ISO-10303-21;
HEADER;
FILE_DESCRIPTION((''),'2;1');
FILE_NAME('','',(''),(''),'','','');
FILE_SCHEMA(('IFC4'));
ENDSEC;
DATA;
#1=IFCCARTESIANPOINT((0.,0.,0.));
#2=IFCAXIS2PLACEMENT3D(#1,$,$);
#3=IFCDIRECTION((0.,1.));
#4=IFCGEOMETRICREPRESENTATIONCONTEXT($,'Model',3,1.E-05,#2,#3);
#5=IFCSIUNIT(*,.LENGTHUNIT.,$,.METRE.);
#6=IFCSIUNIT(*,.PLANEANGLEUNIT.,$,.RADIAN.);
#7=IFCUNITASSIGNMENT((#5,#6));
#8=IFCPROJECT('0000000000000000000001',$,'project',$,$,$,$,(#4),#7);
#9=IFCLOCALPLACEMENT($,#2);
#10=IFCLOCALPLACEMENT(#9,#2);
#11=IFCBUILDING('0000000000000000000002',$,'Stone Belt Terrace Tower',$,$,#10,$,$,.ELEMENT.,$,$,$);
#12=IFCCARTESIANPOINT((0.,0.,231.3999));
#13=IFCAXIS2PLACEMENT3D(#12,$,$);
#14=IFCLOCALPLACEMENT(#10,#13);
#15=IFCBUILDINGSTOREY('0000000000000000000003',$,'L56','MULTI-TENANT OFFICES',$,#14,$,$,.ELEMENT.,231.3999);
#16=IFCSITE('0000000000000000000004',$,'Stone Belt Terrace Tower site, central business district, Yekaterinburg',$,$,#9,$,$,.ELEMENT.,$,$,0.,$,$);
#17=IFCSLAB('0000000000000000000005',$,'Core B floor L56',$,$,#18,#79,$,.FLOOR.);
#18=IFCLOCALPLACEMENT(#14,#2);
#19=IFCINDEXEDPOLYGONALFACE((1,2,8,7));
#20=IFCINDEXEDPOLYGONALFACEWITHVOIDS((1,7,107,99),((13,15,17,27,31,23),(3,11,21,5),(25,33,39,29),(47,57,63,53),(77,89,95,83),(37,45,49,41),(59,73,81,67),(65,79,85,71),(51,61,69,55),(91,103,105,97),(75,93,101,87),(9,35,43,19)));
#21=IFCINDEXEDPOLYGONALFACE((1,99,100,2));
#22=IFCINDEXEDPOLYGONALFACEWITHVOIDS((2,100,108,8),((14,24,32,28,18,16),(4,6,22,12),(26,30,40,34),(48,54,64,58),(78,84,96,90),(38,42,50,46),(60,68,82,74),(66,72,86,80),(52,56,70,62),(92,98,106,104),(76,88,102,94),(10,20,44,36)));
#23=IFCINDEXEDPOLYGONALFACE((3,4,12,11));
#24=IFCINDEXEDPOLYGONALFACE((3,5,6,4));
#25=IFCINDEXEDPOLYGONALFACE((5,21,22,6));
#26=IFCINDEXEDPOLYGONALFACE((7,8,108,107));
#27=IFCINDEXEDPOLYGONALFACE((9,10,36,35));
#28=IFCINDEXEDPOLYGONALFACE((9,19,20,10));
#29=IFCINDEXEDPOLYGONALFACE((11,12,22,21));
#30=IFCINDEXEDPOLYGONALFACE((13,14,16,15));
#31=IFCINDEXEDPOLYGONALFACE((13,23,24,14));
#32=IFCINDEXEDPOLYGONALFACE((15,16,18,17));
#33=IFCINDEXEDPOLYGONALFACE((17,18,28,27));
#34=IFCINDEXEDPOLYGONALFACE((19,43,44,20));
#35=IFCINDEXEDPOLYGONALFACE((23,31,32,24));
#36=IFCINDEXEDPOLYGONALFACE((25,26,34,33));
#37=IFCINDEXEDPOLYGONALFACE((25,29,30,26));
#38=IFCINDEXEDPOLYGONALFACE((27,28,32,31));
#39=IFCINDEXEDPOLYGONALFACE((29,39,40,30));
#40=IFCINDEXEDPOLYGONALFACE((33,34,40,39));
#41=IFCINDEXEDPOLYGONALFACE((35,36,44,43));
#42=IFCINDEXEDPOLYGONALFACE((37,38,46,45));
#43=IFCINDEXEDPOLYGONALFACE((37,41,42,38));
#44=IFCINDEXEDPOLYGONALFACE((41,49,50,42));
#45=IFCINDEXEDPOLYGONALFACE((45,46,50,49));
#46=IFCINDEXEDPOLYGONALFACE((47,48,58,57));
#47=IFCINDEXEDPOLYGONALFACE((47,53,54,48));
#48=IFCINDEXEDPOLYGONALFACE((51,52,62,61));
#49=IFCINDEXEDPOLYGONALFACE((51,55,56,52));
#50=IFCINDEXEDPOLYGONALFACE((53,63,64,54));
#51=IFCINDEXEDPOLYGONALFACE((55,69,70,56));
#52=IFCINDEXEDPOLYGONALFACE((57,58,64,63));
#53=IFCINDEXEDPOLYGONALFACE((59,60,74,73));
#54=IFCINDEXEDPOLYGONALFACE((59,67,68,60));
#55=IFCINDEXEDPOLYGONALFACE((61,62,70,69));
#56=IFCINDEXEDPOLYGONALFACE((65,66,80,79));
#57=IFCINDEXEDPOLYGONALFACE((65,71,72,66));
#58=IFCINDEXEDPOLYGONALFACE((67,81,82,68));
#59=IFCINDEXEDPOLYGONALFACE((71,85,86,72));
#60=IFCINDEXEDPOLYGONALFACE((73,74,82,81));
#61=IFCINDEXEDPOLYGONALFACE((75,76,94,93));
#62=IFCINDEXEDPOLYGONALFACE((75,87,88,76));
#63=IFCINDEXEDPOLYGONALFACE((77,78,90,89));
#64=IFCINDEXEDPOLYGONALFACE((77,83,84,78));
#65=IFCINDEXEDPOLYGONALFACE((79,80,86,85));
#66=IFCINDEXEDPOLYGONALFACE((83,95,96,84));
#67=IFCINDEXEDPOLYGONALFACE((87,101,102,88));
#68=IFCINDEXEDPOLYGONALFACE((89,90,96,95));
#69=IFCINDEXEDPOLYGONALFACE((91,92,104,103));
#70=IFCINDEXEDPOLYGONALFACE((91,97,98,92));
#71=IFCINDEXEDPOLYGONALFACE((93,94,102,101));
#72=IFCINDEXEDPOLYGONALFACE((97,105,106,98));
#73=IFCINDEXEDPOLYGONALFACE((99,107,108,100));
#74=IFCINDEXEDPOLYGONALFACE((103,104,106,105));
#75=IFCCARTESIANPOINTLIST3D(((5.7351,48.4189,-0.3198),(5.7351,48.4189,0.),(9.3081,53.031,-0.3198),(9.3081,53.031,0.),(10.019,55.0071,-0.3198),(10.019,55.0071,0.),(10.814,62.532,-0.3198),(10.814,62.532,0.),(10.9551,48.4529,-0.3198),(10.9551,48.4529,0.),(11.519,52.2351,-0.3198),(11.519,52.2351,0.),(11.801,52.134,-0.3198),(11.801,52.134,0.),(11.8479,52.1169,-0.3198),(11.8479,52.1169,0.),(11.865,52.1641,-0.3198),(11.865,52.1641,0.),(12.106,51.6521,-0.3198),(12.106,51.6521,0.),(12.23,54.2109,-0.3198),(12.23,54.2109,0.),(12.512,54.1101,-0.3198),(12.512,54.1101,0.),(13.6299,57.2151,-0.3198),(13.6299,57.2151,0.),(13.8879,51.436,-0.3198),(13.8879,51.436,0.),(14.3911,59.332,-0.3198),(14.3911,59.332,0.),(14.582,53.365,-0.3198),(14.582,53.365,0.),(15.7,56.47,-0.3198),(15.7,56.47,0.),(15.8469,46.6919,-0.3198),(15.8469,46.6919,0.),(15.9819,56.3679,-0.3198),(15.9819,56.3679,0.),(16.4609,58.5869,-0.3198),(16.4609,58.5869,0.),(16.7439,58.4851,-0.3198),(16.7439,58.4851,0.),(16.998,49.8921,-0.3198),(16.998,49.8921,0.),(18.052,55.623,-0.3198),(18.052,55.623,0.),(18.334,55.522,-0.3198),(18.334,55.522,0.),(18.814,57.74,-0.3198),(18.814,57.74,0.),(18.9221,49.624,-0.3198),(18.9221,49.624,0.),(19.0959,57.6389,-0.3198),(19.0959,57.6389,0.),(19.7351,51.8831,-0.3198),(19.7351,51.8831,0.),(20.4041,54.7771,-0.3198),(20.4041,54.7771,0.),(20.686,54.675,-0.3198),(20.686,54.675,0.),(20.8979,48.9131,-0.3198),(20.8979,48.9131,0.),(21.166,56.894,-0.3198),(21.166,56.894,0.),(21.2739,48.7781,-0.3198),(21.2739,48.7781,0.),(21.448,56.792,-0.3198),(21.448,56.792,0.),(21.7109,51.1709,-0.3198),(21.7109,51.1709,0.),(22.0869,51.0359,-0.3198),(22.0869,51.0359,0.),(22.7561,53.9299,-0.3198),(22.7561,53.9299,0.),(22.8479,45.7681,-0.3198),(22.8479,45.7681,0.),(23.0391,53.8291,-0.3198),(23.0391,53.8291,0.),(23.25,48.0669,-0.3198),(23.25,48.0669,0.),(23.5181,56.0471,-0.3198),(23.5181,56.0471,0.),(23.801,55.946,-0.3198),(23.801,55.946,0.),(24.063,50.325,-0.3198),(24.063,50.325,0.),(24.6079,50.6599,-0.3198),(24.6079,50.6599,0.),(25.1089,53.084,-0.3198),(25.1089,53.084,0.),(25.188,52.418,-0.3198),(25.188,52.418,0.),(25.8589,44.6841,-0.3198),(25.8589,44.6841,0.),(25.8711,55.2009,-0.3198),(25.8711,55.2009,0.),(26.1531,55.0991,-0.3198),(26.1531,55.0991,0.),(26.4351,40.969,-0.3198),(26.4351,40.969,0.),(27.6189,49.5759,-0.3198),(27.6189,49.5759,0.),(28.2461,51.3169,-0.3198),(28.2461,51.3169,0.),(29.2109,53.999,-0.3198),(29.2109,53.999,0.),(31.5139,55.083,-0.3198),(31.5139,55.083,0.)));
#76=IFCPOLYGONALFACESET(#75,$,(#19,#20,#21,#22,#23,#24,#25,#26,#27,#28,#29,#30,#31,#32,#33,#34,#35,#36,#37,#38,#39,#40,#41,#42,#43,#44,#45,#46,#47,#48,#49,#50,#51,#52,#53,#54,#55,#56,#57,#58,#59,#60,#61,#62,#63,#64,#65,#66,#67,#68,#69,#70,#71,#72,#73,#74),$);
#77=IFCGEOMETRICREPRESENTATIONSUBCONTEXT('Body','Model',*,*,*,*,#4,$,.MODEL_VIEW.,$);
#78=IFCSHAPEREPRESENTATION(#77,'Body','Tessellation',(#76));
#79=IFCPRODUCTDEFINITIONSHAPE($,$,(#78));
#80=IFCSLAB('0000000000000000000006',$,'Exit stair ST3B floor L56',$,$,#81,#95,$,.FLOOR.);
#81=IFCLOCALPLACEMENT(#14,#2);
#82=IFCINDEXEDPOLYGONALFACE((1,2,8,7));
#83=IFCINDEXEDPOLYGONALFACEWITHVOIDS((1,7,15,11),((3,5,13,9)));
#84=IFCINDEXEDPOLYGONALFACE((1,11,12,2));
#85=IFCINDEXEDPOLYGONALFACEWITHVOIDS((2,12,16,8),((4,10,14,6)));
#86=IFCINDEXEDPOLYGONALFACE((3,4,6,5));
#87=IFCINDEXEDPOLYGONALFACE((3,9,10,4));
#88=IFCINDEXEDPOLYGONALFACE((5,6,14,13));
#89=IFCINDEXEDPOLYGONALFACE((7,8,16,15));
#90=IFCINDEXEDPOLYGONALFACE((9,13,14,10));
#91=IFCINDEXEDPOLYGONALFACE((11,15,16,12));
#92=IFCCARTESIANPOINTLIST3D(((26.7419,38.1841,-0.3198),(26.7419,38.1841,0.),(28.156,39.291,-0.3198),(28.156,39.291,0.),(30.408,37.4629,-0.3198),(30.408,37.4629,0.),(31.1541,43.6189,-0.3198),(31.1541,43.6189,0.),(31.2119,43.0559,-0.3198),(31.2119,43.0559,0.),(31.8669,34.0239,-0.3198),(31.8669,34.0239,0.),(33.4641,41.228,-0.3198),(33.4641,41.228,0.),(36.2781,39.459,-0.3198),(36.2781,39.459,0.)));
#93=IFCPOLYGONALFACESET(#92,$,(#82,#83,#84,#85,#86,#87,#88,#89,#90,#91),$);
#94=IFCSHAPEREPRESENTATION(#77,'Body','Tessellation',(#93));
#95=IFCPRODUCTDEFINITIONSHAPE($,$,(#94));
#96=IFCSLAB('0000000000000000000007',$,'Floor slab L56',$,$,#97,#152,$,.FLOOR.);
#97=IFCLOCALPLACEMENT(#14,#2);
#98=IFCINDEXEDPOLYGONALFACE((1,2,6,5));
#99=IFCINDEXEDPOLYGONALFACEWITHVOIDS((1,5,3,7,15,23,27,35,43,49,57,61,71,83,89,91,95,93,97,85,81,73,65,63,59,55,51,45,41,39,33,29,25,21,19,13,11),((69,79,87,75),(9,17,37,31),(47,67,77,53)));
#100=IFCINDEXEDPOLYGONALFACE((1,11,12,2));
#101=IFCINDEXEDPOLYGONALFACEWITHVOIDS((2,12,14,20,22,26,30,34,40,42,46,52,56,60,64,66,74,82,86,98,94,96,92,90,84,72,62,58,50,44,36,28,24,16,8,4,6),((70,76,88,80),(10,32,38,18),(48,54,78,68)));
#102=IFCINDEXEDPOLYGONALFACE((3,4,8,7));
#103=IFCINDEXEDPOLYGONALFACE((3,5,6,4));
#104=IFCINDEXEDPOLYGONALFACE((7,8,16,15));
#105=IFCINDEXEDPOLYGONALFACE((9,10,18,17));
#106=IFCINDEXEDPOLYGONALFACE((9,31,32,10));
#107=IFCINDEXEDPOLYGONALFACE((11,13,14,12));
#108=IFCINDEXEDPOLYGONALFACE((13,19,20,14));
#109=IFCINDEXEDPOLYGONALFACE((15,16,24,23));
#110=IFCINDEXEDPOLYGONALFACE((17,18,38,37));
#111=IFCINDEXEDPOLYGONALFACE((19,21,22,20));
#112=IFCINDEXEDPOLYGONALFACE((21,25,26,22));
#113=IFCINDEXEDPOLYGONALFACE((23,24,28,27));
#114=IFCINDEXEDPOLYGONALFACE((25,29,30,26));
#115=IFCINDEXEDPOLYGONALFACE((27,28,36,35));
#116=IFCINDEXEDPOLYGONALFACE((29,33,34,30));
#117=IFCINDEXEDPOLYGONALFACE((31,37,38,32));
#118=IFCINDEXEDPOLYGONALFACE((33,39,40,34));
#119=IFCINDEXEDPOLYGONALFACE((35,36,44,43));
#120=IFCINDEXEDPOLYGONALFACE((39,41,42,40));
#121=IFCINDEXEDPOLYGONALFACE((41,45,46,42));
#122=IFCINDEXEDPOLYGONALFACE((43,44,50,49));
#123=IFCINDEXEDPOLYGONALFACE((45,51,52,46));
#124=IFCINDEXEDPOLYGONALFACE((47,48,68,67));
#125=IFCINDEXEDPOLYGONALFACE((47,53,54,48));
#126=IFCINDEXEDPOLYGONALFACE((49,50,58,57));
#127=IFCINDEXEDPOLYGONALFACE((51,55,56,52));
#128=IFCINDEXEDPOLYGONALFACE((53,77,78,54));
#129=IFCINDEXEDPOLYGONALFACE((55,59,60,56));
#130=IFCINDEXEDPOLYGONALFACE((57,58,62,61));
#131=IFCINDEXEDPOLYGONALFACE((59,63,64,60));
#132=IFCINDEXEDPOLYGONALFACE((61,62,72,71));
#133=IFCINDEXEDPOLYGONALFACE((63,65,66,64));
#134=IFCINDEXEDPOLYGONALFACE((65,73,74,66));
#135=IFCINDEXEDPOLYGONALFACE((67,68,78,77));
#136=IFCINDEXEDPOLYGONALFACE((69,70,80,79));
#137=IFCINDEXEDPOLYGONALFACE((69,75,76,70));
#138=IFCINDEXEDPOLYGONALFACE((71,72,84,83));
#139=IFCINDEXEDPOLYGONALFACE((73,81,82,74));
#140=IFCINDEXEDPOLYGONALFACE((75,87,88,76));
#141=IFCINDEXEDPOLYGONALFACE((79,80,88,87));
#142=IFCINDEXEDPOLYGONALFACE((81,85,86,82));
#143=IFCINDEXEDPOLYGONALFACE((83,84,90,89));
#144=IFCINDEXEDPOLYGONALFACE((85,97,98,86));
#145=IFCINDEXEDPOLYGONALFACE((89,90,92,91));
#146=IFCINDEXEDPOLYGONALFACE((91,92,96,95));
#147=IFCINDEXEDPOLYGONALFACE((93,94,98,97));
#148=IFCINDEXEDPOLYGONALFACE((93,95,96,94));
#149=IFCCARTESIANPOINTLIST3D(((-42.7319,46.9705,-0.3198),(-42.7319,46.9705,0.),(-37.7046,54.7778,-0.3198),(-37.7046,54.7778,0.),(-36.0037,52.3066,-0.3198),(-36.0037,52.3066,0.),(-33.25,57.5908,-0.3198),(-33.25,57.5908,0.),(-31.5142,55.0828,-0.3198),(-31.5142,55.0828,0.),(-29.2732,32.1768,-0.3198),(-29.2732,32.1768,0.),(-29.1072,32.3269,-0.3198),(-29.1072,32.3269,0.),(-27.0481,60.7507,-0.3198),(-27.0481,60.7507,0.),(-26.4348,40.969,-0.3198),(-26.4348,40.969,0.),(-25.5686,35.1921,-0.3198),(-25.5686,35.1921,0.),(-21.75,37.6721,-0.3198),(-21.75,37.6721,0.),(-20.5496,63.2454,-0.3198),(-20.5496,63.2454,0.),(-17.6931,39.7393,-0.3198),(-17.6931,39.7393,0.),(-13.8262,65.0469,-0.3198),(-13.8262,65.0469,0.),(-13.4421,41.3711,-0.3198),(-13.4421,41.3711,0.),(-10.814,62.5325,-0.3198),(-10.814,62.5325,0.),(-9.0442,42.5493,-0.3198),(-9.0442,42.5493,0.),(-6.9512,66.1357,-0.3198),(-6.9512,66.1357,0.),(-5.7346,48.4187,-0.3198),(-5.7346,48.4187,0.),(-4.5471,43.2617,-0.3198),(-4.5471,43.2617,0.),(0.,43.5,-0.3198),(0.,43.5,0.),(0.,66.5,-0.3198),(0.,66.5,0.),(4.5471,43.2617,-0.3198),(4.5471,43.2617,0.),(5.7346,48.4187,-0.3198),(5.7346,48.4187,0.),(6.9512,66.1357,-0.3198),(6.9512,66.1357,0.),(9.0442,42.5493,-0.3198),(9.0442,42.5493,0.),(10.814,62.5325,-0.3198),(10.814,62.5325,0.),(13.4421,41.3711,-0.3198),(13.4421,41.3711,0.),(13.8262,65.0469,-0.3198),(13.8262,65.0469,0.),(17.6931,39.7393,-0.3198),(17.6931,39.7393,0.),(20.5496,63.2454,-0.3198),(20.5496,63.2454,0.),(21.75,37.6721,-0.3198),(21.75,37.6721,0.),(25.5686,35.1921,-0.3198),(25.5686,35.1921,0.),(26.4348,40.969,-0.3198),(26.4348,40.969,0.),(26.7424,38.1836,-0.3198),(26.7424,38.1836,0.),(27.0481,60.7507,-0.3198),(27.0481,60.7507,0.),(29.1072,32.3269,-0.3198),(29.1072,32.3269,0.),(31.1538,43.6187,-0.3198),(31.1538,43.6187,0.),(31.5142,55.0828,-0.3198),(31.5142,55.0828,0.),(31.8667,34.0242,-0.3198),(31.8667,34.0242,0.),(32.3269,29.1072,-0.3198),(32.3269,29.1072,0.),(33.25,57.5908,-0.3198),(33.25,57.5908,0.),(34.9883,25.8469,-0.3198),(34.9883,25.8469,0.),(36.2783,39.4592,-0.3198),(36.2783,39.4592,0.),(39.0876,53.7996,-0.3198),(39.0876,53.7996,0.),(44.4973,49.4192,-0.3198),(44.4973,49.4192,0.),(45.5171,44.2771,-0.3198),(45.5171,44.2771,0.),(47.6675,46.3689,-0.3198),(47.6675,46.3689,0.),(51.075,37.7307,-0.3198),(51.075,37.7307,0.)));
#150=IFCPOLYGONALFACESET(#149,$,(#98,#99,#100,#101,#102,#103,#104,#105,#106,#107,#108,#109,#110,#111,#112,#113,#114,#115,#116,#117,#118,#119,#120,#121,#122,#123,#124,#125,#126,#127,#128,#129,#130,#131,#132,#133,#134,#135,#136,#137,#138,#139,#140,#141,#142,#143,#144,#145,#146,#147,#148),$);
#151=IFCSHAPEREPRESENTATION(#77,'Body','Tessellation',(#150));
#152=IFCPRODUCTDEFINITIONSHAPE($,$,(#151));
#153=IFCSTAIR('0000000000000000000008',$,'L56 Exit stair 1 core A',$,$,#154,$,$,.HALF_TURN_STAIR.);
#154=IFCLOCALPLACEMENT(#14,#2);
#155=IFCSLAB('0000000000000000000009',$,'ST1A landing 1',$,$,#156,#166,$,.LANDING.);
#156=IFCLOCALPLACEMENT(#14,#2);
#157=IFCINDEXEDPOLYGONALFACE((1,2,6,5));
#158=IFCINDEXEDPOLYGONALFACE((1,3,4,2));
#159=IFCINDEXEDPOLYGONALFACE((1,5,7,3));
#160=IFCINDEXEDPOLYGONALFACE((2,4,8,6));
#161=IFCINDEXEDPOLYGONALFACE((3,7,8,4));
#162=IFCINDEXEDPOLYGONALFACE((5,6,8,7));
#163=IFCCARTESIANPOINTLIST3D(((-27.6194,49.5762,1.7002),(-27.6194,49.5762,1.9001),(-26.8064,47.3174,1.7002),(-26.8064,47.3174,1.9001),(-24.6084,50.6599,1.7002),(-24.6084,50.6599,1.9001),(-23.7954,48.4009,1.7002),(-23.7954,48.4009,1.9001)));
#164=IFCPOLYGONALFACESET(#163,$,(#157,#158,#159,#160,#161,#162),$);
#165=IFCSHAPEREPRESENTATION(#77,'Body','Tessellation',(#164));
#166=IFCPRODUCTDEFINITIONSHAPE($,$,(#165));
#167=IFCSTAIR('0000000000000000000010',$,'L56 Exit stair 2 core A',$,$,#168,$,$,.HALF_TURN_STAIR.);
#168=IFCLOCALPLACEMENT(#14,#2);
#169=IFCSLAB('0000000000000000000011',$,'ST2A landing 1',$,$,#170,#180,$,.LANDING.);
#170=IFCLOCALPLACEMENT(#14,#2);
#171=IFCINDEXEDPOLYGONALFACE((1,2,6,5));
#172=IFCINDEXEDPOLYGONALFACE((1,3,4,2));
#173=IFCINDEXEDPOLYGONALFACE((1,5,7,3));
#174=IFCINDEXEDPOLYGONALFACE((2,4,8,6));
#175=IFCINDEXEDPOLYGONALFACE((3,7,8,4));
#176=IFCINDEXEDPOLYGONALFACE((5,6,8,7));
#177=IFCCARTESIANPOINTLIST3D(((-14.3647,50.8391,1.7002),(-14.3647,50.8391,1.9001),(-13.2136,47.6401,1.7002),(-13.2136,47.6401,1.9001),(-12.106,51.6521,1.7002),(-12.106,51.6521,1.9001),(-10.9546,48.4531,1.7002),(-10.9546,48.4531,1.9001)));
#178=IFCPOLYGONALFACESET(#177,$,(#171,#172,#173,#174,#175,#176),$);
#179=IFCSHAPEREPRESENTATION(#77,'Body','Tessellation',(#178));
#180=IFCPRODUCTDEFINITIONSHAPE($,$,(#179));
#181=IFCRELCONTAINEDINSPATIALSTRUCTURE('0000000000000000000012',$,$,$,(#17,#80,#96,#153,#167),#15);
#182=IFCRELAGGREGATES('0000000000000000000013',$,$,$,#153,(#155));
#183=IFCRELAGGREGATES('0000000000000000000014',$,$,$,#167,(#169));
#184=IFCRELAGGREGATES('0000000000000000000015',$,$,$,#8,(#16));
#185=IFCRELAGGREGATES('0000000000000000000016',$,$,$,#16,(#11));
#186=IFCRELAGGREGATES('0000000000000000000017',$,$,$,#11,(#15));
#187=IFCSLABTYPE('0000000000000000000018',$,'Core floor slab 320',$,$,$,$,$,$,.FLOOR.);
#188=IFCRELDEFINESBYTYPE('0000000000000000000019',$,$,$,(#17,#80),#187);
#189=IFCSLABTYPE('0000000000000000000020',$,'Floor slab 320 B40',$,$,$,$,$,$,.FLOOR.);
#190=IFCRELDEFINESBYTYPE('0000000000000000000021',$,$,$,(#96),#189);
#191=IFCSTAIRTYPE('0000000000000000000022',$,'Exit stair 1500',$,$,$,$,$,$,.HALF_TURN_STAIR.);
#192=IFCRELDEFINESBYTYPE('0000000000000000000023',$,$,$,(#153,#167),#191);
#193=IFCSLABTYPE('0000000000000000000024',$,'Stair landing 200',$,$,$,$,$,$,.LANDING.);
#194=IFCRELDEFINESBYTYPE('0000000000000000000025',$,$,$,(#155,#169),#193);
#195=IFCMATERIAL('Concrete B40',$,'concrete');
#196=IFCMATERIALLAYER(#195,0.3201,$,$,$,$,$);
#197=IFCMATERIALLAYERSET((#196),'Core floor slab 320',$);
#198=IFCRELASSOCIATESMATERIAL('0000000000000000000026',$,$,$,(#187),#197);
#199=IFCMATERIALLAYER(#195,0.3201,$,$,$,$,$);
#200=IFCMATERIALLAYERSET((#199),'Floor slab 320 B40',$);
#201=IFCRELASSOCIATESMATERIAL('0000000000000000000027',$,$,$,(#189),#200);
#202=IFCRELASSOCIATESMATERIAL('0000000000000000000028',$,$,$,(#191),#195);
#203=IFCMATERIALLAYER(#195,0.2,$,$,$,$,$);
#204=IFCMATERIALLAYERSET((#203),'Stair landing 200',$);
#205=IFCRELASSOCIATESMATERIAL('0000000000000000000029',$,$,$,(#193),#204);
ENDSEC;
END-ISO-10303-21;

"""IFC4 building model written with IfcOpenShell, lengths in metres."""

from ifc_helpers import new_model, si_unit, direction, frame, origin, place, context, subcontext, project, spatial, polyline, outline, extrude, material, layer, layer_set, type_object, element, aggregate, save


model = new_model("IFC4")

# Units and contexts
model_context = context("Model", 3, precision=1e-05, world=origin(), true_north=direction((0.0, 1.0)))
body_context = subcontext(model_context, "Body", "Model", "MODEL_VIEW")
ifc_project = project(units=[si_unit("LENGTHUNIT", "METRE"), si_unit("PLANEANGLEUNIT", "RADIAN")], contexts=[model_context])

# Site, building, storey
site_placement = place(None, origin())
site = spatial("IfcSite", under=ifc_project, at=site_placement, Name="Stone Belt Terrace Tower site, central business district, Yekaterinburg", CompositionType="ELEMENT", RefElevation=0.0)
building_placement = place(site_placement, origin())
building = spatial("IfcBuilding", under=site, at=building_placement, Name="Stone Belt Terrace Tower", CompositionType="ELEMENT")
storey_placement = place(building_placement, frame((0.0, 0.0, 231.3999)))
storey = spatial("IfcBuildingStorey", under=building, at=storey_placement, Name="L56", Description="MULTI-TENANT OFFICES", CompositionType="ELEMENT", Elevation=231.3999)

# Slabs
ifc_material_1 = material(Name="Concrete B40", Category="concrete")
ifc_layer_1 = layer(ifc_material_1, 0.3201)
ifc_layer_set_1 = layer_set([ifc_layer_1], Name="Core floor slab 320")
slab_type_1 = type_object("IfcSlabType", Name="Core floor slab 320", PredefinedType="FLOOR", material=ifc_layer_set_1)
slab_1_placement = place(storey_placement, frame((0.0, 0.0, -0.3198)))
element("IfcSlab", 1, at=slab_1_placement, inside=storey, type_object=slab_type_1, Name="Core B floor L56", PredefinedType="FLOOR", context=body_context, shape_type="SweptSolid", body=[
    extrude(outline(polyline([(26.4351, 40.969), (31.5139, 55.083), (10.814, 62.532), (5.7351, 48.4189), (26.4351, 40.969)]), holes=[polyline([(12.106, 51.6521), (16.998, 49.8921), (15.8469, 46.6919), (10.9551, 48.4529), (12.106, 51.6521)]), polyline([(12.512, 54.1101), (14.582, 53.365), (13.8879, 51.436), (11.865, 52.1641), (11.8479, 52.1169), (11.801, 52.134), (12.512, 54.1101)]), polyline([(9.3081, 53.031), (10.019, 55.0071), (12.23, 54.2109), (11.519, 52.2351), (9.3081, 53.031)]), polyline([(18.334, 55.522), (19.0959, 57.6389), (21.166, 56.894), (20.4041, 54.7771), (18.334, 55.522)]), polyline([(16.7439, 58.4851), (18.814, 57.74), (18.052, 55.623), (15.9819, 56.3679), (16.7439, 58.4851)]), polyline([(14.3911, 59.332), (16.4609, 58.5869), (15.7, 56.47), (13.6299, 57.2151), (14.3911, 59.332)]), polyline([(27.6189, 49.5759), (25.8589, 44.6841), (22.8479, 45.7681), (24.6079, 50.6599), (27.6189, 49.5759)]), polyline([(21.2739, 48.7781), (22.0869, 51.0359), (24.063, 50.325), (23.25, 48.0669), (21.2739, 48.7781)]), polyline([(18.9221, 49.624), (19.7351, 51.8831), (21.7109, 51.1709), (20.8979, 48.9131), (18.9221, 49.624)]), polyline([(26.1531, 55.0991), (29.2109, 53.999), (28.2461, 51.3169), (25.188, 52.418), (26.1531, 55.0991)]), polyline([(23.801, 55.946), (25.8711, 55.2009), (25.1089, 53.084), (23.0391, 53.8291), (23.801, 55.946)]), polyline([(21.448, 56.792), (23.5181, 56.0471), (22.7561, 53.9299), (20.686, 54.675), (21.448, 56.792)])]), origin(), (0.0, 0.0, 1.0), 0.3198),
])
slab_2_placement = place(storey_placement, frame((0.0, 0.0, -0.3198)))
element("IfcSlab", 2, at=slab_2_placement, inside=storey, type_object=slab_type_1, Name="Exit stair ST3B floor L56", PredefinedType="FLOOR", context=body_context, shape_type="SweptSolid", body=[
    extrude(outline(polyline([(26.7419, 38.1841), (31.8669, 34.0239), (36.2781, 39.459), (31.1541, 43.6189), (26.7419, 38.1841)]), holes=[polyline([(30.408, 37.4629), (28.156, 39.291), (31.2119, 43.0559), (33.4641, 41.228), (30.408, 37.4629)])]), origin(), (0.0, 0.0, 1.0), 0.3198),
])
ifc_layer_2 = layer(ifc_material_1, 0.3201)
ifc_layer_set_2 = layer_set([ifc_layer_2], Name="Floor slab 320 B40")
slab_type_2 = type_object("IfcSlabType", Name="Floor slab 320 B40", PredefinedType="FLOOR", material=ifc_layer_set_2)
slab_3_placement = place(storey_placement, frame((0.0, 0.0, -0.3198)))
element("IfcSlab", 3, at=slab_3_placement, inside=storey, type_object=slab_type_2, Name="Floor slab L56", PredefinedType="FLOOR", context=body_context, shape_type="SweptSolid", body=[
    extrude(outline(polyline([(-37.7046, 54.7778), (-33.25, 57.5908), (-27.0481, 60.7507), (-20.5496, 63.2454), (-13.8262, 65.0469), (-6.9512, 66.1357), (0.0, 66.5), (6.9512, 66.1357), (13.8262, 65.0469), (20.5496, 63.2454), (27.0481, 60.7507), (33.25, 57.5908), (39.0876, 53.7996), (44.4973, 49.4192), (47.6675, 46.3689), (45.5171, 44.2771), (51.075, 37.7307), (34.9883, 25.8469), (32.3269, 29.1072), (29.1072, 32.3269), (25.5686, 35.1921), (21.75, 37.6721), (17.6931, 39.7393), (13.4421, 41.3711), (9.0442, 42.5493), (4.5471, 43.2617), (0.0, 43.5), (-4.5471, 43.2617), (-9.0442, 42.5493), (-13.4421, 41.3711), (-17.6931, 39.7393), (-21.75, 37.6721), (-25.5686, 35.1921), (-29.1072, 32.3269), (-29.2732, 32.1768), (-42.7319, 46.9705), (-36.0037, 52.3066), (-37.7046, 54.7778)]), holes=[polyline([(-31.5142, 55.0828), (-26.4348, 40.969), (-5.7346, 48.4187), (-10.814, 62.5325), (-31.5142, 55.0828)]), polyline([(31.5142, 55.0828), (10.814, 62.5325), (5.7346, 48.4187), (26.4348, 40.969), (31.5142, 55.0828)]), polyline([(36.2783, 39.4592), (31.1538, 43.6187), (26.7424, 38.1836), (31.8667, 34.0242), (36.2783, 39.4592)])]), origin(), (0.0, 0.0, 1.0), 0.3198),
])

# Stairs, slabs
stair_type = type_object("IfcStairType", Name="Exit stair 1500", PredefinedType="HALF_TURN_STAIR", material=ifc_material_1)
stair_1_placement = place(storey_placement, origin())
stair_1 = element("IfcStair", 4, at=stair_1_placement, inside=storey, type_object=stair_type, Name="L56 Exit stair 1 core A", PredefinedType="HALF_TURN_STAIR")
ifc_layer_3 = layer(ifc_material_1, 0.2)
ifc_layer_set_3 = layer_set([ifc_layer_3], Name="Stair landing 200")
slab_type_3 = type_object("IfcSlabType", Name="Stair landing 200", PredefinedType="LANDING", material=ifc_layer_set_3)
slab_4_placement = place(storey_placement, frame((0.0, 0.0, 1.7002)))
slab_4 = element("IfcSlab", 5, at=slab_4_placement, type_object=slab_type_3, Name="ST1A landing 1", PredefinedType="LANDING", context=body_context, shape_type="SweptSolid", body=[
    extrude(outline(polyline([(-23.7954, 48.4009), (-24.6084, 50.6599), (-27.6194, 49.5762), (-26.8064, 47.3174), (-23.7954, 48.4009)])), origin(), (0.0, 0.0, 1.0), 0.2),
])
aggregate(stair_1, [slab_4])
stair_2_placement = place(storey_placement, origin())
stair_2 = element("IfcStair", 6, at=stair_2_placement, inside=storey, type_object=stair_type, Name="L56 Exit stair 2 core A", PredefinedType="HALF_TURN_STAIR")
slab_5_placement = place(storey_placement, frame((0.0, 0.0, 1.7002)))
slab_5 = element("IfcSlab", 7, at=slab_5_placement, type_object=slab_type_3, Name="ST2A landing 1", PredefinedType="LANDING", context=body_context, shape_type="SweptSolid", body=[
    extrude(outline(polyline([(-13.2136, 47.6401), (-10.9546, 48.4531), (-12.106, 51.6521), (-14.3647, 50.8391), (-13.2136, 47.6401)])), origin(), (0.0, 0.0, 1.0), 0.2),
])
aggregate(stair_2, [slab_5])

save(model, "model.ifc")
